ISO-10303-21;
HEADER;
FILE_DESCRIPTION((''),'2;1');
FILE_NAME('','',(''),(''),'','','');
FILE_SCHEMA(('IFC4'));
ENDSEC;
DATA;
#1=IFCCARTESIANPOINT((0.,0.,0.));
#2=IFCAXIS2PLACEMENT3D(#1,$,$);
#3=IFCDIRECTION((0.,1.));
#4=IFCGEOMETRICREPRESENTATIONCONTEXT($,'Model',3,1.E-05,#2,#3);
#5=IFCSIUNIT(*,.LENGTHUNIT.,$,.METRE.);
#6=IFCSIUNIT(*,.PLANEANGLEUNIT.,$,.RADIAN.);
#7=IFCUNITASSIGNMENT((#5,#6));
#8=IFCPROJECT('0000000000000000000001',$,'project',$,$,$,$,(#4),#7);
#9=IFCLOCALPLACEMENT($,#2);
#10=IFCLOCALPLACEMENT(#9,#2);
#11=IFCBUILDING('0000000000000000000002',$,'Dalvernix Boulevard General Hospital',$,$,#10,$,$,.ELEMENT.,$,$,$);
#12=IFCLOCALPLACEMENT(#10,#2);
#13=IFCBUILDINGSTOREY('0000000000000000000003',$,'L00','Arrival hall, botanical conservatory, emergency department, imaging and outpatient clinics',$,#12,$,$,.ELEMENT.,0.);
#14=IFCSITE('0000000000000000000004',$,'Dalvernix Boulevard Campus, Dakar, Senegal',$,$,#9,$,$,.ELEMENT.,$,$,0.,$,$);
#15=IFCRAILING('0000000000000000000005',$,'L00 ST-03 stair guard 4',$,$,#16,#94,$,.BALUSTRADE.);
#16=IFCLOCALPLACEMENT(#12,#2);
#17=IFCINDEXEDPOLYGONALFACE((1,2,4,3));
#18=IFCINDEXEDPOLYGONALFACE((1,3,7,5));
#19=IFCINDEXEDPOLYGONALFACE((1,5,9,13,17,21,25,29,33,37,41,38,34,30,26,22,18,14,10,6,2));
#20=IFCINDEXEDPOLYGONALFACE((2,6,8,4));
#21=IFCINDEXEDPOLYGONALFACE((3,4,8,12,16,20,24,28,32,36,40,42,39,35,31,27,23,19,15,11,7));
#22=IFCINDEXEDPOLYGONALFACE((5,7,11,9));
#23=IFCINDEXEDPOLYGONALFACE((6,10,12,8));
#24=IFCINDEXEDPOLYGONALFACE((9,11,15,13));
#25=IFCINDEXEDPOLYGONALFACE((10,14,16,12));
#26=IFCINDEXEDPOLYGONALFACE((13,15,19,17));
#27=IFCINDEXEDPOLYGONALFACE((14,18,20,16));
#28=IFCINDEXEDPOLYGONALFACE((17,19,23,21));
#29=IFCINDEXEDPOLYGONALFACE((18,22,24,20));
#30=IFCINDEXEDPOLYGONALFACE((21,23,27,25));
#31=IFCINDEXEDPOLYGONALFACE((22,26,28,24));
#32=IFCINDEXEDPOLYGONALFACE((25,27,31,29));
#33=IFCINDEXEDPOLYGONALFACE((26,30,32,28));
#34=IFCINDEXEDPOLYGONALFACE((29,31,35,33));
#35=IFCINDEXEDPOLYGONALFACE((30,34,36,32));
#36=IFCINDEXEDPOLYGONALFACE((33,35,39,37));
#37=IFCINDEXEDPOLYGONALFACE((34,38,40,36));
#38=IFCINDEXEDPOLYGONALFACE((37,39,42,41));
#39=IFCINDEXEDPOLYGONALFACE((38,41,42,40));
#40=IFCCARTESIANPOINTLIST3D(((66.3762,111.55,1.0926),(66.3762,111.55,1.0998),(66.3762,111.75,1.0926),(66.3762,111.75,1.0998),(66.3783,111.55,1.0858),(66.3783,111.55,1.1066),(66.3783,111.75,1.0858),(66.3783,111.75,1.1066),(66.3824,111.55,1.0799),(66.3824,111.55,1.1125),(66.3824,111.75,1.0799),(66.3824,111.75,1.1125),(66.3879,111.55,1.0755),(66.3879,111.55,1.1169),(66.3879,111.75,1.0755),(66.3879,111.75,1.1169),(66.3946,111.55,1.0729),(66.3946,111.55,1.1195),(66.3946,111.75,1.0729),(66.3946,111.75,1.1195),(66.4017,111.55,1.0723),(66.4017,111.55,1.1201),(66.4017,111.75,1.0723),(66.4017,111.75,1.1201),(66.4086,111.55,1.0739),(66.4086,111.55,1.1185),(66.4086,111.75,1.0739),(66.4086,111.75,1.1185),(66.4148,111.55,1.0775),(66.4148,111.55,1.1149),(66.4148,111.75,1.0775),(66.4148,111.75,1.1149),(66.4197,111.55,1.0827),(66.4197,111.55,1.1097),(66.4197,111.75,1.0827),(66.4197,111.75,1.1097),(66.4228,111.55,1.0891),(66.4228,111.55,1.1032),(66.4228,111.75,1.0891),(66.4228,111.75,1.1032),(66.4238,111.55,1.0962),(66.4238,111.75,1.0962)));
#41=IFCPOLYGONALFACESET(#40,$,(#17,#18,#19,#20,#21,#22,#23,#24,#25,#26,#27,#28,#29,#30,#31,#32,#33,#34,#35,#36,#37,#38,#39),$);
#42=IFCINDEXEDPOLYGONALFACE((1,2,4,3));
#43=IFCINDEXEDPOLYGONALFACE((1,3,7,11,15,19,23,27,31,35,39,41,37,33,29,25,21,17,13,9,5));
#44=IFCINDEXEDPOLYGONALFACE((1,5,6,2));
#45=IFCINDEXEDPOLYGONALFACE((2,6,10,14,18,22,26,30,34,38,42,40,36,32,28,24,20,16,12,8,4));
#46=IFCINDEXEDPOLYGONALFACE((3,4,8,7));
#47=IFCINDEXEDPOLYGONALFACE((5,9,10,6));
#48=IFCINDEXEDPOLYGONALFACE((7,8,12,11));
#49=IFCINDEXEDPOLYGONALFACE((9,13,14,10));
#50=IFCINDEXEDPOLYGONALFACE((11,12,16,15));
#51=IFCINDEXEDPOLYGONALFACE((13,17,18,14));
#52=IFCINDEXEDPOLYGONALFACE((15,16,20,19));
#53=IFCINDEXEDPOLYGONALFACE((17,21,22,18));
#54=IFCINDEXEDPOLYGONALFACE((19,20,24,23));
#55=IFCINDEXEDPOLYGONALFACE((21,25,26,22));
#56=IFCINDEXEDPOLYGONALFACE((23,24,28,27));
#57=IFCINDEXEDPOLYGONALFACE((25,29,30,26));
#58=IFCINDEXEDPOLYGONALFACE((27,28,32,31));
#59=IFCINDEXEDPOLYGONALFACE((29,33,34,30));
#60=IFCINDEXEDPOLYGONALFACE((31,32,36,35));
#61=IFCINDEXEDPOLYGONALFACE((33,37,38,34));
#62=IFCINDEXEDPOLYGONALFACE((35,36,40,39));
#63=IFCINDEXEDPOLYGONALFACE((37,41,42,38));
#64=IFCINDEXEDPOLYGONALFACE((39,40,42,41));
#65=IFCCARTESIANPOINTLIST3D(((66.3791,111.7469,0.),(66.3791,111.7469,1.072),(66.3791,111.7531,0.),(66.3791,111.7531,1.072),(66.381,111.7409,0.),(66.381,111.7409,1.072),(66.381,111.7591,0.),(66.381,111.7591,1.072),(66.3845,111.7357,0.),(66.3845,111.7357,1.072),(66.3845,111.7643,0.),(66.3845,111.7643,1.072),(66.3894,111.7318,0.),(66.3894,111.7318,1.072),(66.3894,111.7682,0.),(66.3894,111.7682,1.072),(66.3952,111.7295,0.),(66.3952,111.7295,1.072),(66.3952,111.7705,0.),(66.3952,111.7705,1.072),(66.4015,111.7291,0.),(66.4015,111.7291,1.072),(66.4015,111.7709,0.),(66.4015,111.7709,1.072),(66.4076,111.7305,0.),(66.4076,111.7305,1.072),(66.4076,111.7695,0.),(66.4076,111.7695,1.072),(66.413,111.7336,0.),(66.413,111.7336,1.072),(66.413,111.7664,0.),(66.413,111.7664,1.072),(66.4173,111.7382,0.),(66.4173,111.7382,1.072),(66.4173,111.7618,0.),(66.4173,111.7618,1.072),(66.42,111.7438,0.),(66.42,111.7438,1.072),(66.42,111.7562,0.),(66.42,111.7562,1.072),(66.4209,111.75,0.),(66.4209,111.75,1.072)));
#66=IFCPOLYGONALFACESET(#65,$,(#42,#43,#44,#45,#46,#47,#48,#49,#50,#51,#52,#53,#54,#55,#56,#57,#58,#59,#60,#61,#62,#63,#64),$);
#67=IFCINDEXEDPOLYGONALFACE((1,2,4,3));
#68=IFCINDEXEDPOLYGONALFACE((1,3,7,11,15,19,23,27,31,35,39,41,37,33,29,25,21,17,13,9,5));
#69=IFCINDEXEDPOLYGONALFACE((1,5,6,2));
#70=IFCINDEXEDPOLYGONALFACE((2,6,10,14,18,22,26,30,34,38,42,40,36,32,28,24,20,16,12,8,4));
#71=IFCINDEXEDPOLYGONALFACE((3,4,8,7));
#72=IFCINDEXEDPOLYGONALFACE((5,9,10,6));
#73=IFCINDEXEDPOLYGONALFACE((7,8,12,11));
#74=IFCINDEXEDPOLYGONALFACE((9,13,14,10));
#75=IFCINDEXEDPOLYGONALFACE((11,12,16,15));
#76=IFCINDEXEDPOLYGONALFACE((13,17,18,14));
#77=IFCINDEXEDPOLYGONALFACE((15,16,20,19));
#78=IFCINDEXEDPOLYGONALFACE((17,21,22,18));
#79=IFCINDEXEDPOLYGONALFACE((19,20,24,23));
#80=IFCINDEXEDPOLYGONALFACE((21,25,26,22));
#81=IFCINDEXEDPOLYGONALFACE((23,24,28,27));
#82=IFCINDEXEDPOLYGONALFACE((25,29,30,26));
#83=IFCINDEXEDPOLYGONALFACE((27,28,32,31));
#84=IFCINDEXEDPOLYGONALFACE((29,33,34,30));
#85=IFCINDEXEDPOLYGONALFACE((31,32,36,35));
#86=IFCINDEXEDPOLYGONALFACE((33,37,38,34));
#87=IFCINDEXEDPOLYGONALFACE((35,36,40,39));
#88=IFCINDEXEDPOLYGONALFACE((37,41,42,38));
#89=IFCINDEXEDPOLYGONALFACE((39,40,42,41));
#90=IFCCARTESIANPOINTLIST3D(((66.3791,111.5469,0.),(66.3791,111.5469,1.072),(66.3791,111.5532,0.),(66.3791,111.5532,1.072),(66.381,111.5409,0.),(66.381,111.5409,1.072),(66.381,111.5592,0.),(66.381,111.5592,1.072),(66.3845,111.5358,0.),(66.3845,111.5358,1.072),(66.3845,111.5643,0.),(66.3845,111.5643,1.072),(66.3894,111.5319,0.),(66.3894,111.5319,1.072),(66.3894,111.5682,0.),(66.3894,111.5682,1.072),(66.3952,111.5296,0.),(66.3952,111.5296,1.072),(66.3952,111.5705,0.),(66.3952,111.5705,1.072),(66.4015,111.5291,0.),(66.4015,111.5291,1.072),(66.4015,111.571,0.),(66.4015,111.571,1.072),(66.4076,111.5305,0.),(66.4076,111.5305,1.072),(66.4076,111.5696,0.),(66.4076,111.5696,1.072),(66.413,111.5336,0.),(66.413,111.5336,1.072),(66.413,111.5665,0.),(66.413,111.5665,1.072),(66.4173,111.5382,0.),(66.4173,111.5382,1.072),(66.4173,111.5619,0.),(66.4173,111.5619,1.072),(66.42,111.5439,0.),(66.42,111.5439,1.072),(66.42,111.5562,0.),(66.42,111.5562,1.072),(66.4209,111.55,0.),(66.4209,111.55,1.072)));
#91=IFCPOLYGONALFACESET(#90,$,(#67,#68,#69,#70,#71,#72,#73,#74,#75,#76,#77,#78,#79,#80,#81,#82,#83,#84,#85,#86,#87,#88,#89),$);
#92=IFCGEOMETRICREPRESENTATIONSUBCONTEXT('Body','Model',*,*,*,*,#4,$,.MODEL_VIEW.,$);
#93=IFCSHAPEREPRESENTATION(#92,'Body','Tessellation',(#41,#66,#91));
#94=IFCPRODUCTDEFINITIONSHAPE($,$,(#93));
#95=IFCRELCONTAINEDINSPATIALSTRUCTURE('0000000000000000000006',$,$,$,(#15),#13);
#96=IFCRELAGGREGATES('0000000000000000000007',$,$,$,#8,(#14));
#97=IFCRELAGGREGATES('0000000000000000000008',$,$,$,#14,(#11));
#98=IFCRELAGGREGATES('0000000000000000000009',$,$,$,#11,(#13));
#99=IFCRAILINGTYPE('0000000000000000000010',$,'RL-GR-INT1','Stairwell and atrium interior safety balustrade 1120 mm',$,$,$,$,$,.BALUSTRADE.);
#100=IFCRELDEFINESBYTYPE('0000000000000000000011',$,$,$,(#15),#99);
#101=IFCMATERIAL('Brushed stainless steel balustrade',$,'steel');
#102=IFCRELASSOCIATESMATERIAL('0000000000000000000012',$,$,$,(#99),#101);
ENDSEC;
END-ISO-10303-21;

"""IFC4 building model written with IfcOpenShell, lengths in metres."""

from ifc_helpers import new_model, si_unit, direction, frame, origin, origin_2d, place, context, subcontext, project, spatial, circle, extrude, material, type_object, element, save


model = new_model("IFC4")

# Units and contexts
model_context = context("Model", 3, precision=1e-05, world=origin(), true_north=direction((0.0, 1.0)))
body_context = subcontext(model_context, "Body", "Model", "MODEL_VIEW")
ifc_project = project(units=[si_unit("LENGTHUNIT", "METRE"), si_unit("PLANEANGLEUNIT", "RADIAN")], contexts=[model_context])

# Site, building, storey
site_placement = place(None, origin())
site = spatial("IfcSite", under=ifc_project, at=site_placement, Name="Dalvernix Boulevard Campus, Dakar, Senegal", CompositionType="ELEMENT", RefElevation=0.0)
building_placement = place(site_placement, origin())
building = spatial("IfcBuilding", under=site, at=building_placement, Name="Dalvernix Boulevard General Hospital", CompositionType="ELEMENT")
storey_placement = place(building_placement, origin())
storey = spatial("IfcBuildingStorey", under=building, at=storey_placement, Name="L00", Description="Arrival hall, botanical conservatory, emergency department, imaging and outpatient clinics", CompositionType="ELEMENT", Elevation=0.0)

# Railing
ifc_material_1 = material(Name="Brushed stainless steel balustrade", Category="steel")
railing_type_1 = type_object("IfcRailingType", Name="RL-GR-INT1", Description="Stairwell and atrium interior safety balustrade 1120 mm", PredefinedType="BALUSTRADE", material=ifc_material_1)
railing_1_placement = place(storey_placement, frame((66.3999, 111.75, 0.0)))
element("IfcRailing", 1, at=railing_1_placement, inside=storey, type_object=railing_type_1, Name="L00 ST-03 stair guard 4", PredefinedType="BALUSTRADE", context=body_context, shape_type="SweptSolid", body=[
    extrude(circle(Radius=0.0239, at=origin_2d()), frame((0.0, 0.0, 1.0962), z_axis=(0.0, -1.0, 0.0), x_axis=(1.0, 0.0, 0.0)), (0.0, 0.0, 1.0), 0.2),
    extrude(circle(Radius=0.021, at=origin_2d()), origin(), (0.0, 0.0, 1.0), 1.072),
    extrude(circle(Radius=0.021, at=origin_2d()), frame((0.0, -0.2, 0.0)), (0.0, 0.0, 1.0), 1.072),
])

save(model, "model.ifc")
